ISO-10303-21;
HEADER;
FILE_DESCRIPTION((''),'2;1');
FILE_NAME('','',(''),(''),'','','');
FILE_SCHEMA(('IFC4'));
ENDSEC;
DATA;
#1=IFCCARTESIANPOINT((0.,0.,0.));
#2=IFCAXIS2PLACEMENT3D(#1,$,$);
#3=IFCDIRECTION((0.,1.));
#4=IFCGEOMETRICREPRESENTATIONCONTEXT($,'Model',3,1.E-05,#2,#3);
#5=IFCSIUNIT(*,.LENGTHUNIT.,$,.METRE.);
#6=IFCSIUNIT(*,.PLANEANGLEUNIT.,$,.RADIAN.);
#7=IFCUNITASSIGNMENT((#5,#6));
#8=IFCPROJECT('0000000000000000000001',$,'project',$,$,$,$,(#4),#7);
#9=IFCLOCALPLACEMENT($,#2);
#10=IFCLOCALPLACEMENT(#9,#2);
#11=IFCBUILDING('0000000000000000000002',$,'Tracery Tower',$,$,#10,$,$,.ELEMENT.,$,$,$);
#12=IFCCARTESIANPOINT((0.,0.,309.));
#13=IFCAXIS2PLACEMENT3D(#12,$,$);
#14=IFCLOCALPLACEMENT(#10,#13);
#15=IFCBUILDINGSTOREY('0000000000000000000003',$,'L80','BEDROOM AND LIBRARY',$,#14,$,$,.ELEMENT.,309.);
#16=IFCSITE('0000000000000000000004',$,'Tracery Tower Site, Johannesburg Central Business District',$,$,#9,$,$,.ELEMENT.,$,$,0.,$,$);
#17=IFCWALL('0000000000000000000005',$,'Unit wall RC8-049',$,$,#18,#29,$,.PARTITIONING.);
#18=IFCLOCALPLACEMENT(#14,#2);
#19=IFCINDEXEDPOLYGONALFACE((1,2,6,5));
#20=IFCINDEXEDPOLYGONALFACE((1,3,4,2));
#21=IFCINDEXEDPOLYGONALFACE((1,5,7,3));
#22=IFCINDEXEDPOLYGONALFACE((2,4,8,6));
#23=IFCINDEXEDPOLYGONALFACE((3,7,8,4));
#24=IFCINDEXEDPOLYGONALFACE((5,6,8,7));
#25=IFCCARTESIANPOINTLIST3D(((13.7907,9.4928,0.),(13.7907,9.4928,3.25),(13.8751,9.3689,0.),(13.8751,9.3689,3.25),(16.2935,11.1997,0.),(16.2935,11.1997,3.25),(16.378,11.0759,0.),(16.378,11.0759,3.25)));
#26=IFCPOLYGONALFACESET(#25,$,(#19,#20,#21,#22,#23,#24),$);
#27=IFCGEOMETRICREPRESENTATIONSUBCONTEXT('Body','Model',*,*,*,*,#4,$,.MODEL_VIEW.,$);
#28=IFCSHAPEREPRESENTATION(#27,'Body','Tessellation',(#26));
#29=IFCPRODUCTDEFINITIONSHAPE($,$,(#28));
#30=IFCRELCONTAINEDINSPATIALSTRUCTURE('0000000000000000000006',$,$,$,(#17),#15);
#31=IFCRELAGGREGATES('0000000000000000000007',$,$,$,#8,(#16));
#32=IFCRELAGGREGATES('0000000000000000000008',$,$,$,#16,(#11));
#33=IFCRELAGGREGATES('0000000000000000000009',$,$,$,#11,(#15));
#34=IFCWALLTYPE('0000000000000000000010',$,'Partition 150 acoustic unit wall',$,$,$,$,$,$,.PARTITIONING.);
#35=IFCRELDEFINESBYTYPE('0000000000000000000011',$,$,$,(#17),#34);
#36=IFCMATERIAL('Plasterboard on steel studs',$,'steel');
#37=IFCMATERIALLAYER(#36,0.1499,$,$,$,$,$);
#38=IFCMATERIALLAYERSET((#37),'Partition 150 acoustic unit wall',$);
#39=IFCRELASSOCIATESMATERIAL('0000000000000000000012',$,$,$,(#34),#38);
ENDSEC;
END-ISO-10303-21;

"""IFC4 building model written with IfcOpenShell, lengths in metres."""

from ifc_helpers import new_model, si_unit, direction, frame, frame_2d, origin, place, context, subcontext, project, spatial, rectangle, extrude, material, layer, layer_set, type_object, element, save


model = new_model("IFC4")

# Units and contexts
model_context = context("Model", 3, precision=1e-05, world=origin(), true_north=direction((0.0, 1.0)))
body_context = subcontext(model_context, "Body", "Model", "MODEL_VIEW")
ifc_project = project(units=[si_unit("LENGTHUNIT", "METRE"), si_unit("PLANEANGLEUNIT", "RADIAN")], contexts=[model_context])

# Site, building, storey
site_placement = place(None, origin())
site = spatial("IfcSite", under=ifc_project, at=site_placement, Name="Tracery Tower Site, Johannesburg Central Business District", CompositionType="ELEMENT", RefElevation=0.0)
building_placement = place(site_placement, origin())
building = spatial("IfcBuilding", under=site, at=building_placement, Name="Tracery Tower", CompositionType="ELEMENT")
storey_placement = place(building_placement, frame((0.0, 0.0, 309.0)))
storey = spatial("IfcBuildingStorey", under=building, at=storey_placement, Name="L80", Description="BEDROOM AND LIBRARY", CompositionType="ELEMENT", Elevation=309.0)

# Wall
ifc_material_1 = material(Name="Plasterboard on steel studs", Category="steel")
ifc_layer_1 = layer(ifc_material_1, 0.1499)
ifc_layer_set_1 = layer_set([ifc_layer_1], Name="Partition 150 acoustic unit wall")
wall_type_1 = type_object("IfcWallType", Name="Partition 150 acoustic unit wall", PredefinedType="PARTITIONING", material=ifc_layer_set_1)
wall_1_placement = place(storey_placement, frame((13.833, 9.4309, 0.0), z_axis=(0.0, 0.0, 1.0), x_axis=(0.826152, 0.563447, 0.0)))
element("IfcWall", 1, at=wall_1_placement, inside=storey, type_object=wall_type_1, Name="Unit wall RC8-049", PredefinedType="PARTITIONING", context=body_context, shape_type="SweptSolid", body=[
    extrude(rectangle(XDim=3.0295, YDim=0.1499, at=frame_2d((1.5146, 0.0))), origin(), (0.0, 0.0, 1.0), 3.25),
])

save(model, "model.ifc")
